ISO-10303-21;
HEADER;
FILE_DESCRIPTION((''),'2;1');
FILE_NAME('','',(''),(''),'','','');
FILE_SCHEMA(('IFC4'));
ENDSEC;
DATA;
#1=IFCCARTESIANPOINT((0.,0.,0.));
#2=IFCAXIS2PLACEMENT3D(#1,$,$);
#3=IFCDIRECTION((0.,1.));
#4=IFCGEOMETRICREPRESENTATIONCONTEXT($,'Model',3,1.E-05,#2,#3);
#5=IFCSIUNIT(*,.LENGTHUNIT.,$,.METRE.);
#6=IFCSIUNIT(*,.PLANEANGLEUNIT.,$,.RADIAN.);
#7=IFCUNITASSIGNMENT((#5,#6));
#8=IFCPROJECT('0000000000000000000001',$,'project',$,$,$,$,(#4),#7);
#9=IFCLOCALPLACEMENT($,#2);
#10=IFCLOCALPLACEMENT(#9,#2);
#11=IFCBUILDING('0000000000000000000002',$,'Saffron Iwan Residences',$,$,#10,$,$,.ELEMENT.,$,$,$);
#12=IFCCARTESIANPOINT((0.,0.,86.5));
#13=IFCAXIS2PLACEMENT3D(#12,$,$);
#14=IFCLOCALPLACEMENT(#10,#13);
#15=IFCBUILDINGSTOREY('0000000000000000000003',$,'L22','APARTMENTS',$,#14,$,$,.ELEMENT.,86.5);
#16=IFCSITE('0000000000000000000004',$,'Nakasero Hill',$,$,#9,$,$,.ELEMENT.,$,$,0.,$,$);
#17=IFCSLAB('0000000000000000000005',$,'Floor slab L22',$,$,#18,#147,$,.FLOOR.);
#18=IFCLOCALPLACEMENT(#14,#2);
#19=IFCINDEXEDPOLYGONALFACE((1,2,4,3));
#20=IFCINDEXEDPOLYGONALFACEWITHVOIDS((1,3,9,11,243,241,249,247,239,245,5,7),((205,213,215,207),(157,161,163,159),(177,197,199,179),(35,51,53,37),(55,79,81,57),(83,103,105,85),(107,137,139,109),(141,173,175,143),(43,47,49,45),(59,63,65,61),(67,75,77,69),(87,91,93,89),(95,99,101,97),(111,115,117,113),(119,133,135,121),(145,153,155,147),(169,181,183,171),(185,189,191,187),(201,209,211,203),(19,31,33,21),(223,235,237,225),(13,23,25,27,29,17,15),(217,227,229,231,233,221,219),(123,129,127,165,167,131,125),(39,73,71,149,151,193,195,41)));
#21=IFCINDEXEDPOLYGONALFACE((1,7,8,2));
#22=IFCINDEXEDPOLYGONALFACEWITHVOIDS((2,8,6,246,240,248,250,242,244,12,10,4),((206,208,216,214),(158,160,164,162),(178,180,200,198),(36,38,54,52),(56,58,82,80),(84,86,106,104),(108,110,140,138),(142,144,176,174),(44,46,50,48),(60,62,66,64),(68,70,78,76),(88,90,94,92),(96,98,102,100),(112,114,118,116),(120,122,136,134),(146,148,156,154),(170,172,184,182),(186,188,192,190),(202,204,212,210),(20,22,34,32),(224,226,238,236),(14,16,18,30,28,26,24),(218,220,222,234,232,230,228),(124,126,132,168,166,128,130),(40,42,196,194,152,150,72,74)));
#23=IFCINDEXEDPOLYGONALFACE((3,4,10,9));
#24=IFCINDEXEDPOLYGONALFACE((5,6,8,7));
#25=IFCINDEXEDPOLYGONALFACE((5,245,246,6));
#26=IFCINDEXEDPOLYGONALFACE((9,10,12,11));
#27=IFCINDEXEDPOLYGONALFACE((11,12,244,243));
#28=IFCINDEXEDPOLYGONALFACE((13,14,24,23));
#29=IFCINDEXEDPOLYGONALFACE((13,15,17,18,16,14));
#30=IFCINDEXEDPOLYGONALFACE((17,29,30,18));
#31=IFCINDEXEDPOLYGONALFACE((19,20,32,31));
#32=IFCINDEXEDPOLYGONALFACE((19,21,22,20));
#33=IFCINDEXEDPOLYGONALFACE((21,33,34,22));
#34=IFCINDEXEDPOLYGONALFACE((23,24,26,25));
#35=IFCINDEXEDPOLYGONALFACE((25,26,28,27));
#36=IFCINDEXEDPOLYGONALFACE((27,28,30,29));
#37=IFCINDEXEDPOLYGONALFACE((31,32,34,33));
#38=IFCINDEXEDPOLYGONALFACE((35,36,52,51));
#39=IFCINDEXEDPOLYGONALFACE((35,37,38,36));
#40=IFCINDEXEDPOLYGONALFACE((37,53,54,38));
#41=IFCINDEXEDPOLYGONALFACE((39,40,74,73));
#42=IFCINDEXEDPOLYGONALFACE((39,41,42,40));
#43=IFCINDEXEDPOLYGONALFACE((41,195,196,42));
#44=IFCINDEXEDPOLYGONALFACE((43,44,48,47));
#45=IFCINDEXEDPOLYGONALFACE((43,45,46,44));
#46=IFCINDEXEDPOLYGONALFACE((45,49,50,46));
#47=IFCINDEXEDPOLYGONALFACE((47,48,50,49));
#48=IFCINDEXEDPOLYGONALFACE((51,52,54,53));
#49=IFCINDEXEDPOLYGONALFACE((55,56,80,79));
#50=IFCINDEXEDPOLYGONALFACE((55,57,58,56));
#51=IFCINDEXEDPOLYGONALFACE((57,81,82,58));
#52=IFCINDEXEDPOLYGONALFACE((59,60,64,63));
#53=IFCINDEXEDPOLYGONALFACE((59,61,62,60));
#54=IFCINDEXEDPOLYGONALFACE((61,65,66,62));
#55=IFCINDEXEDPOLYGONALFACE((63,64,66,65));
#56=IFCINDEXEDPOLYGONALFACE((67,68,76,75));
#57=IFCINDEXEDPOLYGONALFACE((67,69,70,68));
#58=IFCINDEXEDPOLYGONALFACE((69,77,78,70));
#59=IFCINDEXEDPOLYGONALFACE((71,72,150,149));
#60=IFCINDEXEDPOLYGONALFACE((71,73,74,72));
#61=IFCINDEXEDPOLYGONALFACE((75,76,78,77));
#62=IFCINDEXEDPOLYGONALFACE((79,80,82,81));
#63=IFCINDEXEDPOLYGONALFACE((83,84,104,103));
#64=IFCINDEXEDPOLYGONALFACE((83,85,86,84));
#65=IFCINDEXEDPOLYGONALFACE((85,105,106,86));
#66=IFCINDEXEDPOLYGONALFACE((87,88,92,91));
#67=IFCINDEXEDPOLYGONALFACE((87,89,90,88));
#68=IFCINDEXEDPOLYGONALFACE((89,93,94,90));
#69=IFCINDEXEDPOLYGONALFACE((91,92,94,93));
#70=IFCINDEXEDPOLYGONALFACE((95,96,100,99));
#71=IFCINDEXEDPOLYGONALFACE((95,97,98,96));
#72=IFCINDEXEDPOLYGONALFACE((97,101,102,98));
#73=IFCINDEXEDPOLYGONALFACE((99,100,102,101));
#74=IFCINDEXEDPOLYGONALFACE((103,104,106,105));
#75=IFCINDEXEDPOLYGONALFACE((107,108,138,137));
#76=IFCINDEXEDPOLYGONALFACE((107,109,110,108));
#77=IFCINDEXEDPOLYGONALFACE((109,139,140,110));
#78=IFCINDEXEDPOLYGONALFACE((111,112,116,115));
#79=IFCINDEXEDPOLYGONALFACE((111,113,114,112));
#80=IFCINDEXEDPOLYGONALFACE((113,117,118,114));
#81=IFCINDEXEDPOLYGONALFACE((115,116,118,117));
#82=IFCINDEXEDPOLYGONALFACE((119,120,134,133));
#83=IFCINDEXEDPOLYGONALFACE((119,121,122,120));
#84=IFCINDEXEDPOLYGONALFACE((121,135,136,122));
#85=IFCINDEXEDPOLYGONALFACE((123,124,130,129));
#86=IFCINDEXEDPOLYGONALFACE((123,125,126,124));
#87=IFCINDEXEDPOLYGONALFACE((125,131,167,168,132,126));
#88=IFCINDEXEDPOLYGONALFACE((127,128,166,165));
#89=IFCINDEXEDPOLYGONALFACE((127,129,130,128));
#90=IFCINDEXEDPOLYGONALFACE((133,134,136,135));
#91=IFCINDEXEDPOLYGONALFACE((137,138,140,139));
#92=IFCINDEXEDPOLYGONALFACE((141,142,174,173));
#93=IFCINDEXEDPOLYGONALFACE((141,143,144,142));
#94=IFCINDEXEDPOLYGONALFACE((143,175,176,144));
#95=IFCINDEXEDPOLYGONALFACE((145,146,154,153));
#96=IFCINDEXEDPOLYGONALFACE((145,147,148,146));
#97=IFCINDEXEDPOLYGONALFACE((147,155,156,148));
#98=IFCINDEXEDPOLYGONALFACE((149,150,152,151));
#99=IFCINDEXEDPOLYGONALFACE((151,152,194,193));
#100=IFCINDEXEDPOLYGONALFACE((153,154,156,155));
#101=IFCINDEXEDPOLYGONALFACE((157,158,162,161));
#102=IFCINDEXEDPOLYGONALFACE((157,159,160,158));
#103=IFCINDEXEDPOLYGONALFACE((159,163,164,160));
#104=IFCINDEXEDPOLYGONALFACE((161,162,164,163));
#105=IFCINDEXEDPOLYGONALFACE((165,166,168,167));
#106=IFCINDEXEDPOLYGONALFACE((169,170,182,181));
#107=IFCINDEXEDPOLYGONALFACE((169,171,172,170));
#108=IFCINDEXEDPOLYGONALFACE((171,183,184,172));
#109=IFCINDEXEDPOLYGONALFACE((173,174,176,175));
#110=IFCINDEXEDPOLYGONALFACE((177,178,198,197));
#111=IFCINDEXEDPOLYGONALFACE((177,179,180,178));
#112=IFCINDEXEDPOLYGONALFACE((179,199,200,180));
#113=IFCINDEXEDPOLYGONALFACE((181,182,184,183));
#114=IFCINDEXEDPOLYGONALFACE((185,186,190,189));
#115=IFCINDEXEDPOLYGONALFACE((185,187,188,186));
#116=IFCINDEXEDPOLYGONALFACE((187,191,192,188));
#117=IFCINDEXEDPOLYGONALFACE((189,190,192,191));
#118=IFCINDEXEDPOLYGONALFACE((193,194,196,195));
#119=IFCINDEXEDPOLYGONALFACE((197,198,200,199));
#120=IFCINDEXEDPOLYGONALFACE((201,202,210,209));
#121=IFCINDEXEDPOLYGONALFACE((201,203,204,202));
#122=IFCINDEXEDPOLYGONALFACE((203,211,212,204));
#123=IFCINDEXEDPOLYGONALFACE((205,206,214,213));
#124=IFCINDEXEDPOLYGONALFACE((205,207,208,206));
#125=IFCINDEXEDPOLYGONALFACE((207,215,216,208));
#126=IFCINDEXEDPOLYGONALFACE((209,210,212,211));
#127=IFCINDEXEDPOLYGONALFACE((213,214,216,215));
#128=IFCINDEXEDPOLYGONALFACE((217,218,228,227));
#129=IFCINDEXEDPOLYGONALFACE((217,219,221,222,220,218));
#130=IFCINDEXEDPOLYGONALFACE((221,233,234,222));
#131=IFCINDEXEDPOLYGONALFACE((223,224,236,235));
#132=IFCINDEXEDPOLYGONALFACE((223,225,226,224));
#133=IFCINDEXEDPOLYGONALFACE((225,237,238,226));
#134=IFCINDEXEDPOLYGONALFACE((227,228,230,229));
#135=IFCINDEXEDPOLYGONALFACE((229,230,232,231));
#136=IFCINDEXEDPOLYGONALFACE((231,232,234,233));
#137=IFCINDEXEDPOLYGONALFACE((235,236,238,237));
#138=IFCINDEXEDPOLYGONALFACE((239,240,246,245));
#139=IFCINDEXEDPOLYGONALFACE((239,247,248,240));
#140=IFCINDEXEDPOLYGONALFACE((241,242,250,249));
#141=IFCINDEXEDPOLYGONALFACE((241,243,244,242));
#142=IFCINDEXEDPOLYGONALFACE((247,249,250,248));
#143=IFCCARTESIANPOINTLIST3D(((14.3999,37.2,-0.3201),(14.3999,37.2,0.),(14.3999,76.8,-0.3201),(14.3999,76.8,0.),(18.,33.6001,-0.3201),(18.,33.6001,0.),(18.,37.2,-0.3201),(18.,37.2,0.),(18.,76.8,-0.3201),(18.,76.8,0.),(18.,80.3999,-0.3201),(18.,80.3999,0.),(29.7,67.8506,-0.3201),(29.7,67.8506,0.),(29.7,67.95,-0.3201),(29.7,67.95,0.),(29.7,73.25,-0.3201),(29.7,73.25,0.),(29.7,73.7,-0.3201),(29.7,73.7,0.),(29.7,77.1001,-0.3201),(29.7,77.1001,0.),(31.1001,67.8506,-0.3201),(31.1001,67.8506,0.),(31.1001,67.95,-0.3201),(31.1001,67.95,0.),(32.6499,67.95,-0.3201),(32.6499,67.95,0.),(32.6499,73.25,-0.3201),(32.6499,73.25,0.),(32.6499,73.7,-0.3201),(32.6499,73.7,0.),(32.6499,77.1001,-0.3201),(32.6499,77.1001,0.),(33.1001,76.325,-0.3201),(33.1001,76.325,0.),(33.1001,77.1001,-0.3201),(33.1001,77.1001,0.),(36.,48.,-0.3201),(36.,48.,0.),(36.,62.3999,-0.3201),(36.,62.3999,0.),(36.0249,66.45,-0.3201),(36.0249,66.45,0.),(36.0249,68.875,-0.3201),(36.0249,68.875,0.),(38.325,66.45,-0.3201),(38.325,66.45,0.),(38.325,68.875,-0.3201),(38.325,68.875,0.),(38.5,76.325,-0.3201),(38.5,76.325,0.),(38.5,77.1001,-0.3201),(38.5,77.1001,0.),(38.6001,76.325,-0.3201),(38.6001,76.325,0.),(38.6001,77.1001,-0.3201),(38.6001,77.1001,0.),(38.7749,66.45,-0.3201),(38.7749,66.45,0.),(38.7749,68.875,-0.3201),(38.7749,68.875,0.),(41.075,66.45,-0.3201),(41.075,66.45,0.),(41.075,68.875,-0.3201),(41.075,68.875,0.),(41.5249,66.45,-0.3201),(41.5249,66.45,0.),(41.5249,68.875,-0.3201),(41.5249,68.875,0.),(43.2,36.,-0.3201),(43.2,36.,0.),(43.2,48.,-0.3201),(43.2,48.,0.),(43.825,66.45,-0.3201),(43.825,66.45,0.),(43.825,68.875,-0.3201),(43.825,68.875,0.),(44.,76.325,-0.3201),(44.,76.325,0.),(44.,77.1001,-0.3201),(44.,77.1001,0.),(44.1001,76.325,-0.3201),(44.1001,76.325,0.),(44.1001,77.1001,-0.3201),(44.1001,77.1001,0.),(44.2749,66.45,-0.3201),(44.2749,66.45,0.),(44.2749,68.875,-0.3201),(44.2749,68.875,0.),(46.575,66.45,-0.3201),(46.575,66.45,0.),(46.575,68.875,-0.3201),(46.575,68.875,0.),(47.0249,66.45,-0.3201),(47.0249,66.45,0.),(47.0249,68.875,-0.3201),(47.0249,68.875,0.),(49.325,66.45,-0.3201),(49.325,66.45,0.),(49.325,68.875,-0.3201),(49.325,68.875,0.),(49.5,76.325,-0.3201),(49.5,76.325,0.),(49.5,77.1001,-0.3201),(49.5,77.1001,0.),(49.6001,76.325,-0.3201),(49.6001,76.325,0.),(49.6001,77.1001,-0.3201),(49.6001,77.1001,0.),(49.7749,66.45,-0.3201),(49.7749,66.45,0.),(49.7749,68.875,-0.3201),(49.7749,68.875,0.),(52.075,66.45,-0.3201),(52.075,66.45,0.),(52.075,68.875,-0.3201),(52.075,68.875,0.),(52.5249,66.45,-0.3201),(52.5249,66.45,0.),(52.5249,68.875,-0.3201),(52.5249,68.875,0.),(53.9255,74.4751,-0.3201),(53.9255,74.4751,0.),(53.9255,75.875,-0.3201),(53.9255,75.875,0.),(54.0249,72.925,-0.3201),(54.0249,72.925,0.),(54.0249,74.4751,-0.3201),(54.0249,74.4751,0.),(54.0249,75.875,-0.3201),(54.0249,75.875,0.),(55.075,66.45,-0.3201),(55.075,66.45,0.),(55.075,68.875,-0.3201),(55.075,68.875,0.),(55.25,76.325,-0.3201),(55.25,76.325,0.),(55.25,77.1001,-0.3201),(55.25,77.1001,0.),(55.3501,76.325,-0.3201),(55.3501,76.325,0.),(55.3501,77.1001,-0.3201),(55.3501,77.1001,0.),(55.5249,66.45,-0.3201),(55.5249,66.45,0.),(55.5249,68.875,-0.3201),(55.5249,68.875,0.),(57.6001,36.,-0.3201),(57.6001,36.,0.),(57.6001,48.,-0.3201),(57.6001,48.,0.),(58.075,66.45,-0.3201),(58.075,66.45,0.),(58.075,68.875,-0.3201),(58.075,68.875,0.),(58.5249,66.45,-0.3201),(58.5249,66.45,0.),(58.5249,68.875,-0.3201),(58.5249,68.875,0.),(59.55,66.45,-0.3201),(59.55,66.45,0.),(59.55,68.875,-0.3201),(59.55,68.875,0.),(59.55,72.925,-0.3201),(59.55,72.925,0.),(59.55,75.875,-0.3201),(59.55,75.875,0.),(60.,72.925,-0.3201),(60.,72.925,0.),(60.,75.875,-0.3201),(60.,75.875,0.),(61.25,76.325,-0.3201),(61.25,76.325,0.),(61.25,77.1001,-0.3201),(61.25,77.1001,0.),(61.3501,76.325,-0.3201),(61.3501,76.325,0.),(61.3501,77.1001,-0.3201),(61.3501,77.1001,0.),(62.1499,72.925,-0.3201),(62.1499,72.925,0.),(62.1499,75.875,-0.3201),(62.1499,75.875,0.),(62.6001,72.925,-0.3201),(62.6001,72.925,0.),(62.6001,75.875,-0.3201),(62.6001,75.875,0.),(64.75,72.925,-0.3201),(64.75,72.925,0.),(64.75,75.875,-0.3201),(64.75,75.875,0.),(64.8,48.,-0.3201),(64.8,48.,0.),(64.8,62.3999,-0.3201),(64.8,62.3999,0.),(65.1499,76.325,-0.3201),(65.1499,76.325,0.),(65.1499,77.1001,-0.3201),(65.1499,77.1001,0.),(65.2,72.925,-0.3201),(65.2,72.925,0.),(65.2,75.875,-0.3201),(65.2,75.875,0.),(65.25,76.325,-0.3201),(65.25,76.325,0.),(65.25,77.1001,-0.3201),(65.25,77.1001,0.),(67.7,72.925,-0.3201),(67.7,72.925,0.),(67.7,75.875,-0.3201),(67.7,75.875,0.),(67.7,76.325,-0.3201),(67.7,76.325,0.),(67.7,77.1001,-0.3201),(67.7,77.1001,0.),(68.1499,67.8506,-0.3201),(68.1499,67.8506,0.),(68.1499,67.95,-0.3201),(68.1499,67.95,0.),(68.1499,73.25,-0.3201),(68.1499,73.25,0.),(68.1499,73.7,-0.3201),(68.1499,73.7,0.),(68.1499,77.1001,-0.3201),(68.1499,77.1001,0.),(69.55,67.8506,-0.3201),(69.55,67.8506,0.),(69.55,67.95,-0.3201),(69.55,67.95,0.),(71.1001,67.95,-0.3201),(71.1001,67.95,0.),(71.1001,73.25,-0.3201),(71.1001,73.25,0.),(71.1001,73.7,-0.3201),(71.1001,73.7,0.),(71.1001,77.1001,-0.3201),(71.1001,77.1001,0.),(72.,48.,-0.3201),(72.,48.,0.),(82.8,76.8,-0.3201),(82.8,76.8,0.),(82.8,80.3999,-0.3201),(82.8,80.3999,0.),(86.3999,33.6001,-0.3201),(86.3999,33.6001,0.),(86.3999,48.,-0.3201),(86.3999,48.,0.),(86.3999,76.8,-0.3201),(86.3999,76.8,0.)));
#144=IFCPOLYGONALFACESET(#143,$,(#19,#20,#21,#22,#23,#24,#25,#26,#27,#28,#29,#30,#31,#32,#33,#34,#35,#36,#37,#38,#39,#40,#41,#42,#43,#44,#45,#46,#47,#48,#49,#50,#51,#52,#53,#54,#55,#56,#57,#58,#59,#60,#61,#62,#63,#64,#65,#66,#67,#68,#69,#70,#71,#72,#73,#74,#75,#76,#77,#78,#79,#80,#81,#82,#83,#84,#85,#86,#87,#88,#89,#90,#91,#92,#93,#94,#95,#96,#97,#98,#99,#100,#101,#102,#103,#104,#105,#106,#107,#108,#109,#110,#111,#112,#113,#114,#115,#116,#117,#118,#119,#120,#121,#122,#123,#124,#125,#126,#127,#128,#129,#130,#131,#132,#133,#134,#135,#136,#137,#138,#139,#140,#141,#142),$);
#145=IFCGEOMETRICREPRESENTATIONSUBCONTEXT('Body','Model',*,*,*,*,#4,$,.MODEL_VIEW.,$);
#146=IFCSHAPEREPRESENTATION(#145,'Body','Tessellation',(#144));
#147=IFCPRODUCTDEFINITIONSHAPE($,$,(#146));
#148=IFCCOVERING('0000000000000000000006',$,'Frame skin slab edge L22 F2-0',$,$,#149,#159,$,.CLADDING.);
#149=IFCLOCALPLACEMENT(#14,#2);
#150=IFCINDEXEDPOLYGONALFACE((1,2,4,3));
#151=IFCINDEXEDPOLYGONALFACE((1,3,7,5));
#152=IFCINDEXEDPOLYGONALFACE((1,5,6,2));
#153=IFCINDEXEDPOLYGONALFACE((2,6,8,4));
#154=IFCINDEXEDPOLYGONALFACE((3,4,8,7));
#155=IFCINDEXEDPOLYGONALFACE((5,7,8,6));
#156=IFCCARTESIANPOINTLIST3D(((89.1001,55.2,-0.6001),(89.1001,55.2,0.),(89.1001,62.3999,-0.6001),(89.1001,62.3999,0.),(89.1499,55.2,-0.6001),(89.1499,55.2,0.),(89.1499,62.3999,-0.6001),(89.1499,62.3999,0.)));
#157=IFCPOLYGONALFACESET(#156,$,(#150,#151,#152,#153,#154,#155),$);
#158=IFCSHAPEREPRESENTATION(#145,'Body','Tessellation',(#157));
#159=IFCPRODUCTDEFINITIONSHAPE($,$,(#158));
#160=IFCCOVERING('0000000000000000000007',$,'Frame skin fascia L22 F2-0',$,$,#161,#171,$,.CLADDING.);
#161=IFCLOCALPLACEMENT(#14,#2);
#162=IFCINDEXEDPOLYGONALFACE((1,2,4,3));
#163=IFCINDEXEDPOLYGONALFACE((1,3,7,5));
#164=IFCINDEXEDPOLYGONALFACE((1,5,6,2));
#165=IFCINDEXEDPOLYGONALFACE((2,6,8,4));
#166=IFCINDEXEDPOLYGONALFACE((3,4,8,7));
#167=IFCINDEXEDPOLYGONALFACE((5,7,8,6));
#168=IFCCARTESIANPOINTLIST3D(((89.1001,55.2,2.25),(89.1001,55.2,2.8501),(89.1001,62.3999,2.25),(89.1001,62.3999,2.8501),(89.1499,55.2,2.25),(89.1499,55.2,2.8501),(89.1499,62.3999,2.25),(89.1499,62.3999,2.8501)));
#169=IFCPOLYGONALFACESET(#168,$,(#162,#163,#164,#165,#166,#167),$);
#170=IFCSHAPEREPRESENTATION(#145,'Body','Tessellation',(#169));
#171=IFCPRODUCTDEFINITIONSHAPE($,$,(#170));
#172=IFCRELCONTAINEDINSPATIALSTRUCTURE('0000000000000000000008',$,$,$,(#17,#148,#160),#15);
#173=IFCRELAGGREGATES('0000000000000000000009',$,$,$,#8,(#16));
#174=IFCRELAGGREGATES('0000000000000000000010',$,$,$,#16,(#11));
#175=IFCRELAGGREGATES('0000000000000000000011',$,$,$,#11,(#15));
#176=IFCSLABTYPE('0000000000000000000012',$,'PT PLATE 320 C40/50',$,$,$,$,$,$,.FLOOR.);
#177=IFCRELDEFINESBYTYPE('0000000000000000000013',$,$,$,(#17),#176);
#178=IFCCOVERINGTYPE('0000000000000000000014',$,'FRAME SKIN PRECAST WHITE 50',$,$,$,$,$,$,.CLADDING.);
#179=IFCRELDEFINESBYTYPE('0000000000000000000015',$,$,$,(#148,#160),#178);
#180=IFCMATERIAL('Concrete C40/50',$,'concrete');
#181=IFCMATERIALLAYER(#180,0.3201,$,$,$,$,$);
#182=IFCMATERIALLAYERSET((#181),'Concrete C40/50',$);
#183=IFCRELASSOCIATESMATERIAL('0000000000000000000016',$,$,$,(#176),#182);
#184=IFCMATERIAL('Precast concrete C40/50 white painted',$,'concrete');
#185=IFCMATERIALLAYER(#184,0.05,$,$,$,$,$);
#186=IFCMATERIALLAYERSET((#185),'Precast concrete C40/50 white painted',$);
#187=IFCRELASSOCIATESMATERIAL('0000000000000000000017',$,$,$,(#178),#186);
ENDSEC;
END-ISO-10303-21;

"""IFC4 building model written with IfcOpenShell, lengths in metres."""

from ifc_helpers import new_model, si_unit, direction, frame, origin, place, context, subcontext, project, spatial, polyline, outline, extrude, material, layer, layer_set, type_object, element, save


model = new_model("IFC4")

# Units and contexts
model_context = context("Model", 3, precision=1e-05, world=origin(), true_north=direction((0.0, 1.0)))
body_context = subcontext(model_context, "Body", "Model", "MODEL_VIEW")
ifc_project = project(units=[si_unit("LENGTHUNIT", "METRE"), si_unit("PLANEANGLEUNIT", "RADIAN")], contexts=[model_context])

# Site, building, storey
site_placement = place(None, origin())
site = spatial("IfcSite", under=ifc_project, at=site_placement, Name="Nakasero Hill", CompositionType="ELEMENT", RefElevation=0.0)
building_placement = place(site_placement, origin())
building = spatial("IfcBuilding", under=site, at=building_placement, Name="Saffron Iwan Residences", CompositionType="ELEMENT")
storey_placement = place(building_placement, frame((0.0, 0.0, 86.5)))
storey = spatial("IfcBuildingStorey", under=building, at=storey_placement, Name="L22", Description="APARTMENTS", CompositionType="ELEMENT", Elevation=86.5)

# Slab
ifc_material_1 = material(Name="Concrete C40/50", Category="concrete")
ifc_layer_1 = layer(ifc_material_1, 0.3201)
ifc_layer_set_1 = layer_set([ifc_layer_1], Name="Concrete C40/50")
slab_type_1 = type_object("IfcSlabType", Name="PT PLATE 320 C40/50", PredefinedType="FLOOR", material=ifc_layer_set_1)
slab_1_placement = place(storey_placement, frame((0.0, 0.0, -0.3201)))
element("IfcSlab", 1, at=slab_1_placement, inside=storey, type_object=slab_type_1, Name="Floor slab L22", PredefinedType="FLOOR", context=body_context, shape_type="SweptSolid", body=[
    extrude(outline(polyline([(14.3999, 37.2), (14.3999, 76.8), (18.0, 76.8), (18.0, 80.3999), (82.8, 80.3999), (82.8, 76.8), (86.3999, 76.8), (86.3999, 48.0), (72.0, 48.0), (86.3999, 33.6001), (18.0, 33.6001), (18.0, 37.2), (14.3999, 37.2)]), holes=[polyline([(64.8, 48.0), (64.8, 62.3999), (36.0, 62.3999), (36.0, 48.0), (43.2, 48.0), (43.2, 36.0), (57.6001, 36.0), (57.6001, 48.0), (64.8, 48.0)]), polyline([(38.325, 68.875), (36.0249, 68.875), (36.0249, 66.45), (38.325, 66.45), (38.325, 68.875)]), polyline([(41.075, 66.45), (41.075, 68.875), (38.7749, 68.875), (38.7749, 66.45), (41.075, 66.45)]), polyline([(43.825, 66.45), (43.825, 68.875), (41.5249, 68.875), (41.5249, 66.45), (43.825, 66.45)]), polyline([(46.575, 68.875), (44.2749, 68.875), (44.2749, 66.45), (46.575, 66.45), (46.575, 68.875)]), polyline([(49.325, 66.45), (49.325, 68.875), (47.0249, 68.875), (47.0249, 66.45), (49.325, 66.45)]), polyline([(52.075, 66.45), (52.075, 68.875), (49.7749, 68.875), (49.7749, 66.45), (52.075, 66.45)]), polyline([(29.7, 73.25), (29.7, 67.95), (29.7, 67.8506), (31.1001, 67.8506), (31.1001, 67.95), (32.6499, 67.95), (32.6499, 73.25), (29.7, 73.25)]), polyline([(32.6499, 73.7), (32.6499, 77.1001), (29.7, 77.1001), (29.7, 73.7), (32.6499, 73.7)]), polyline([(38.5, 76.325), (38.5, 77.1001), (33.1001, 77.1001), (33.1001, 76.325), (38.5, 76.325)]), polyline([(44.0, 77.1001), (38.6001, 77.1001), (38.6001, 76.325), (44.0, 76.325), (44.0, 77.1001)]), polyline([(49.5, 76.325), (49.5, 77.1001), (44.1001, 77.1001), (44.1001, 76.325), (49.5, 76.325)]), polyline([(55.25, 76.325), (55.25, 77.1001), (49.6001, 77.1001), (49.6001, 76.325), (55.25, 76.325)]), polyline([(55.075, 68.875), (52.5249, 68.875), (52.5249, 66.45), (55.075, 66.45), (55.075, 68.875)]), polyline([(58.075, 66.45), (58.075, 68.875), (55.5249, 68.875), (55.5249, 66.45), (58.075, 66.45)]), polyline([(59.55, 66.45), (59.55, 68.875), (58.5249, 68.875), (58.5249, 66.45), (59.55, 66.45)]), polyline([(68.1499, 73.25), (68.1499, 67.95), (68.1499, 67.8506), (69.55, 67.8506), (69.55, 67.95), (71.1001, 67.95), (71.1001, 73.25), (68.1499, 73.25)]), polyline([(53.9255, 74.4751), (54.0249, 74.4751), (54.0249, 72.925), (59.55, 72.925), (59.55, 75.875), (54.0249, 75.875), (53.9255, 75.875), (53.9255, 74.4751)]), polyline([(62.1499, 72.925), (62.1499, 75.875), (60.0, 75.875), (60.0, 72.925), (62.1499, 72.925)]), polyline([(64.75, 75.875), (62.6001, 75.875), (62.6001, 72.925), (64.75, 72.925), (64.75, 75.875)]), polyline([(67.7, 72.925), (67.7, 75.875), (65.2, 75.875), (65.2, 72.925), (67.7, 72.925)]), polyline([(71.1001, 73.7), (71.1001, 77.1001), (68.1499, 77.1001), (68.1499, 73.7), (71.1001, 73.7)]), polyline([(61.25, 77.1001), (55.3501, 77.1001), (55.3501, 76.325), (61.25, 76.325), (61.25, 77.1001)]), polyline([(65.1499, 76.325), (65.1499, 77.1001), (61.3501, 77.1001), (61.3501, 76.325), (65.1499, 76.325)]), polyline([(67.7, 76.325), (67.7, 77.1001), (65.25, 77.1001), (65.25, 76.325), (67.7, 76.325)])]), origin(), (0.0, 0.0, 1.0), 0.3201),
])

# Coverings
ifc_material_2 = material(Name="Precast concrete C40/50 white painted", Category="concrete")
ifc_layer_2 = layer(ifc_material_2, 0.05)
ifc_layer_set_2 = layer_set([ifc_layer_2], Name="Precast concrete C40/50 white painted")
covering_type_1 = type_object("IfcCoveringType", Name="FRAME SKIN PRECAST WHITE 50", PredefinedType="CLADDING", material=ifc_layer_set_2)
for number, where, name in (
    (2, (0.0, 0.0, -0.6001), "Frame skin slab edge L22 F2-0"),
    (3, (0.0, 0.0, 2.25), "Frame skin fascia L22 F2-0"),
):
    element("IfcCovering", number, at=place(storey_placement, frame(where)), inside=storey, type_object=covering_type_1, Name=name, PredefinedType="CLADDING", context=body_context, shape_type="SweptSolid", body=[
        extrude(outline(polyline([(89.1499, 55.2), (89.1499, 62.3999), (89.1001, 62.3999), (89.1001, 55.2), (89.1499, 55.2)])), origin(), (0.0, 0.0, 1.0), 0.6001),
    ])

save(model, "model.ifc")
